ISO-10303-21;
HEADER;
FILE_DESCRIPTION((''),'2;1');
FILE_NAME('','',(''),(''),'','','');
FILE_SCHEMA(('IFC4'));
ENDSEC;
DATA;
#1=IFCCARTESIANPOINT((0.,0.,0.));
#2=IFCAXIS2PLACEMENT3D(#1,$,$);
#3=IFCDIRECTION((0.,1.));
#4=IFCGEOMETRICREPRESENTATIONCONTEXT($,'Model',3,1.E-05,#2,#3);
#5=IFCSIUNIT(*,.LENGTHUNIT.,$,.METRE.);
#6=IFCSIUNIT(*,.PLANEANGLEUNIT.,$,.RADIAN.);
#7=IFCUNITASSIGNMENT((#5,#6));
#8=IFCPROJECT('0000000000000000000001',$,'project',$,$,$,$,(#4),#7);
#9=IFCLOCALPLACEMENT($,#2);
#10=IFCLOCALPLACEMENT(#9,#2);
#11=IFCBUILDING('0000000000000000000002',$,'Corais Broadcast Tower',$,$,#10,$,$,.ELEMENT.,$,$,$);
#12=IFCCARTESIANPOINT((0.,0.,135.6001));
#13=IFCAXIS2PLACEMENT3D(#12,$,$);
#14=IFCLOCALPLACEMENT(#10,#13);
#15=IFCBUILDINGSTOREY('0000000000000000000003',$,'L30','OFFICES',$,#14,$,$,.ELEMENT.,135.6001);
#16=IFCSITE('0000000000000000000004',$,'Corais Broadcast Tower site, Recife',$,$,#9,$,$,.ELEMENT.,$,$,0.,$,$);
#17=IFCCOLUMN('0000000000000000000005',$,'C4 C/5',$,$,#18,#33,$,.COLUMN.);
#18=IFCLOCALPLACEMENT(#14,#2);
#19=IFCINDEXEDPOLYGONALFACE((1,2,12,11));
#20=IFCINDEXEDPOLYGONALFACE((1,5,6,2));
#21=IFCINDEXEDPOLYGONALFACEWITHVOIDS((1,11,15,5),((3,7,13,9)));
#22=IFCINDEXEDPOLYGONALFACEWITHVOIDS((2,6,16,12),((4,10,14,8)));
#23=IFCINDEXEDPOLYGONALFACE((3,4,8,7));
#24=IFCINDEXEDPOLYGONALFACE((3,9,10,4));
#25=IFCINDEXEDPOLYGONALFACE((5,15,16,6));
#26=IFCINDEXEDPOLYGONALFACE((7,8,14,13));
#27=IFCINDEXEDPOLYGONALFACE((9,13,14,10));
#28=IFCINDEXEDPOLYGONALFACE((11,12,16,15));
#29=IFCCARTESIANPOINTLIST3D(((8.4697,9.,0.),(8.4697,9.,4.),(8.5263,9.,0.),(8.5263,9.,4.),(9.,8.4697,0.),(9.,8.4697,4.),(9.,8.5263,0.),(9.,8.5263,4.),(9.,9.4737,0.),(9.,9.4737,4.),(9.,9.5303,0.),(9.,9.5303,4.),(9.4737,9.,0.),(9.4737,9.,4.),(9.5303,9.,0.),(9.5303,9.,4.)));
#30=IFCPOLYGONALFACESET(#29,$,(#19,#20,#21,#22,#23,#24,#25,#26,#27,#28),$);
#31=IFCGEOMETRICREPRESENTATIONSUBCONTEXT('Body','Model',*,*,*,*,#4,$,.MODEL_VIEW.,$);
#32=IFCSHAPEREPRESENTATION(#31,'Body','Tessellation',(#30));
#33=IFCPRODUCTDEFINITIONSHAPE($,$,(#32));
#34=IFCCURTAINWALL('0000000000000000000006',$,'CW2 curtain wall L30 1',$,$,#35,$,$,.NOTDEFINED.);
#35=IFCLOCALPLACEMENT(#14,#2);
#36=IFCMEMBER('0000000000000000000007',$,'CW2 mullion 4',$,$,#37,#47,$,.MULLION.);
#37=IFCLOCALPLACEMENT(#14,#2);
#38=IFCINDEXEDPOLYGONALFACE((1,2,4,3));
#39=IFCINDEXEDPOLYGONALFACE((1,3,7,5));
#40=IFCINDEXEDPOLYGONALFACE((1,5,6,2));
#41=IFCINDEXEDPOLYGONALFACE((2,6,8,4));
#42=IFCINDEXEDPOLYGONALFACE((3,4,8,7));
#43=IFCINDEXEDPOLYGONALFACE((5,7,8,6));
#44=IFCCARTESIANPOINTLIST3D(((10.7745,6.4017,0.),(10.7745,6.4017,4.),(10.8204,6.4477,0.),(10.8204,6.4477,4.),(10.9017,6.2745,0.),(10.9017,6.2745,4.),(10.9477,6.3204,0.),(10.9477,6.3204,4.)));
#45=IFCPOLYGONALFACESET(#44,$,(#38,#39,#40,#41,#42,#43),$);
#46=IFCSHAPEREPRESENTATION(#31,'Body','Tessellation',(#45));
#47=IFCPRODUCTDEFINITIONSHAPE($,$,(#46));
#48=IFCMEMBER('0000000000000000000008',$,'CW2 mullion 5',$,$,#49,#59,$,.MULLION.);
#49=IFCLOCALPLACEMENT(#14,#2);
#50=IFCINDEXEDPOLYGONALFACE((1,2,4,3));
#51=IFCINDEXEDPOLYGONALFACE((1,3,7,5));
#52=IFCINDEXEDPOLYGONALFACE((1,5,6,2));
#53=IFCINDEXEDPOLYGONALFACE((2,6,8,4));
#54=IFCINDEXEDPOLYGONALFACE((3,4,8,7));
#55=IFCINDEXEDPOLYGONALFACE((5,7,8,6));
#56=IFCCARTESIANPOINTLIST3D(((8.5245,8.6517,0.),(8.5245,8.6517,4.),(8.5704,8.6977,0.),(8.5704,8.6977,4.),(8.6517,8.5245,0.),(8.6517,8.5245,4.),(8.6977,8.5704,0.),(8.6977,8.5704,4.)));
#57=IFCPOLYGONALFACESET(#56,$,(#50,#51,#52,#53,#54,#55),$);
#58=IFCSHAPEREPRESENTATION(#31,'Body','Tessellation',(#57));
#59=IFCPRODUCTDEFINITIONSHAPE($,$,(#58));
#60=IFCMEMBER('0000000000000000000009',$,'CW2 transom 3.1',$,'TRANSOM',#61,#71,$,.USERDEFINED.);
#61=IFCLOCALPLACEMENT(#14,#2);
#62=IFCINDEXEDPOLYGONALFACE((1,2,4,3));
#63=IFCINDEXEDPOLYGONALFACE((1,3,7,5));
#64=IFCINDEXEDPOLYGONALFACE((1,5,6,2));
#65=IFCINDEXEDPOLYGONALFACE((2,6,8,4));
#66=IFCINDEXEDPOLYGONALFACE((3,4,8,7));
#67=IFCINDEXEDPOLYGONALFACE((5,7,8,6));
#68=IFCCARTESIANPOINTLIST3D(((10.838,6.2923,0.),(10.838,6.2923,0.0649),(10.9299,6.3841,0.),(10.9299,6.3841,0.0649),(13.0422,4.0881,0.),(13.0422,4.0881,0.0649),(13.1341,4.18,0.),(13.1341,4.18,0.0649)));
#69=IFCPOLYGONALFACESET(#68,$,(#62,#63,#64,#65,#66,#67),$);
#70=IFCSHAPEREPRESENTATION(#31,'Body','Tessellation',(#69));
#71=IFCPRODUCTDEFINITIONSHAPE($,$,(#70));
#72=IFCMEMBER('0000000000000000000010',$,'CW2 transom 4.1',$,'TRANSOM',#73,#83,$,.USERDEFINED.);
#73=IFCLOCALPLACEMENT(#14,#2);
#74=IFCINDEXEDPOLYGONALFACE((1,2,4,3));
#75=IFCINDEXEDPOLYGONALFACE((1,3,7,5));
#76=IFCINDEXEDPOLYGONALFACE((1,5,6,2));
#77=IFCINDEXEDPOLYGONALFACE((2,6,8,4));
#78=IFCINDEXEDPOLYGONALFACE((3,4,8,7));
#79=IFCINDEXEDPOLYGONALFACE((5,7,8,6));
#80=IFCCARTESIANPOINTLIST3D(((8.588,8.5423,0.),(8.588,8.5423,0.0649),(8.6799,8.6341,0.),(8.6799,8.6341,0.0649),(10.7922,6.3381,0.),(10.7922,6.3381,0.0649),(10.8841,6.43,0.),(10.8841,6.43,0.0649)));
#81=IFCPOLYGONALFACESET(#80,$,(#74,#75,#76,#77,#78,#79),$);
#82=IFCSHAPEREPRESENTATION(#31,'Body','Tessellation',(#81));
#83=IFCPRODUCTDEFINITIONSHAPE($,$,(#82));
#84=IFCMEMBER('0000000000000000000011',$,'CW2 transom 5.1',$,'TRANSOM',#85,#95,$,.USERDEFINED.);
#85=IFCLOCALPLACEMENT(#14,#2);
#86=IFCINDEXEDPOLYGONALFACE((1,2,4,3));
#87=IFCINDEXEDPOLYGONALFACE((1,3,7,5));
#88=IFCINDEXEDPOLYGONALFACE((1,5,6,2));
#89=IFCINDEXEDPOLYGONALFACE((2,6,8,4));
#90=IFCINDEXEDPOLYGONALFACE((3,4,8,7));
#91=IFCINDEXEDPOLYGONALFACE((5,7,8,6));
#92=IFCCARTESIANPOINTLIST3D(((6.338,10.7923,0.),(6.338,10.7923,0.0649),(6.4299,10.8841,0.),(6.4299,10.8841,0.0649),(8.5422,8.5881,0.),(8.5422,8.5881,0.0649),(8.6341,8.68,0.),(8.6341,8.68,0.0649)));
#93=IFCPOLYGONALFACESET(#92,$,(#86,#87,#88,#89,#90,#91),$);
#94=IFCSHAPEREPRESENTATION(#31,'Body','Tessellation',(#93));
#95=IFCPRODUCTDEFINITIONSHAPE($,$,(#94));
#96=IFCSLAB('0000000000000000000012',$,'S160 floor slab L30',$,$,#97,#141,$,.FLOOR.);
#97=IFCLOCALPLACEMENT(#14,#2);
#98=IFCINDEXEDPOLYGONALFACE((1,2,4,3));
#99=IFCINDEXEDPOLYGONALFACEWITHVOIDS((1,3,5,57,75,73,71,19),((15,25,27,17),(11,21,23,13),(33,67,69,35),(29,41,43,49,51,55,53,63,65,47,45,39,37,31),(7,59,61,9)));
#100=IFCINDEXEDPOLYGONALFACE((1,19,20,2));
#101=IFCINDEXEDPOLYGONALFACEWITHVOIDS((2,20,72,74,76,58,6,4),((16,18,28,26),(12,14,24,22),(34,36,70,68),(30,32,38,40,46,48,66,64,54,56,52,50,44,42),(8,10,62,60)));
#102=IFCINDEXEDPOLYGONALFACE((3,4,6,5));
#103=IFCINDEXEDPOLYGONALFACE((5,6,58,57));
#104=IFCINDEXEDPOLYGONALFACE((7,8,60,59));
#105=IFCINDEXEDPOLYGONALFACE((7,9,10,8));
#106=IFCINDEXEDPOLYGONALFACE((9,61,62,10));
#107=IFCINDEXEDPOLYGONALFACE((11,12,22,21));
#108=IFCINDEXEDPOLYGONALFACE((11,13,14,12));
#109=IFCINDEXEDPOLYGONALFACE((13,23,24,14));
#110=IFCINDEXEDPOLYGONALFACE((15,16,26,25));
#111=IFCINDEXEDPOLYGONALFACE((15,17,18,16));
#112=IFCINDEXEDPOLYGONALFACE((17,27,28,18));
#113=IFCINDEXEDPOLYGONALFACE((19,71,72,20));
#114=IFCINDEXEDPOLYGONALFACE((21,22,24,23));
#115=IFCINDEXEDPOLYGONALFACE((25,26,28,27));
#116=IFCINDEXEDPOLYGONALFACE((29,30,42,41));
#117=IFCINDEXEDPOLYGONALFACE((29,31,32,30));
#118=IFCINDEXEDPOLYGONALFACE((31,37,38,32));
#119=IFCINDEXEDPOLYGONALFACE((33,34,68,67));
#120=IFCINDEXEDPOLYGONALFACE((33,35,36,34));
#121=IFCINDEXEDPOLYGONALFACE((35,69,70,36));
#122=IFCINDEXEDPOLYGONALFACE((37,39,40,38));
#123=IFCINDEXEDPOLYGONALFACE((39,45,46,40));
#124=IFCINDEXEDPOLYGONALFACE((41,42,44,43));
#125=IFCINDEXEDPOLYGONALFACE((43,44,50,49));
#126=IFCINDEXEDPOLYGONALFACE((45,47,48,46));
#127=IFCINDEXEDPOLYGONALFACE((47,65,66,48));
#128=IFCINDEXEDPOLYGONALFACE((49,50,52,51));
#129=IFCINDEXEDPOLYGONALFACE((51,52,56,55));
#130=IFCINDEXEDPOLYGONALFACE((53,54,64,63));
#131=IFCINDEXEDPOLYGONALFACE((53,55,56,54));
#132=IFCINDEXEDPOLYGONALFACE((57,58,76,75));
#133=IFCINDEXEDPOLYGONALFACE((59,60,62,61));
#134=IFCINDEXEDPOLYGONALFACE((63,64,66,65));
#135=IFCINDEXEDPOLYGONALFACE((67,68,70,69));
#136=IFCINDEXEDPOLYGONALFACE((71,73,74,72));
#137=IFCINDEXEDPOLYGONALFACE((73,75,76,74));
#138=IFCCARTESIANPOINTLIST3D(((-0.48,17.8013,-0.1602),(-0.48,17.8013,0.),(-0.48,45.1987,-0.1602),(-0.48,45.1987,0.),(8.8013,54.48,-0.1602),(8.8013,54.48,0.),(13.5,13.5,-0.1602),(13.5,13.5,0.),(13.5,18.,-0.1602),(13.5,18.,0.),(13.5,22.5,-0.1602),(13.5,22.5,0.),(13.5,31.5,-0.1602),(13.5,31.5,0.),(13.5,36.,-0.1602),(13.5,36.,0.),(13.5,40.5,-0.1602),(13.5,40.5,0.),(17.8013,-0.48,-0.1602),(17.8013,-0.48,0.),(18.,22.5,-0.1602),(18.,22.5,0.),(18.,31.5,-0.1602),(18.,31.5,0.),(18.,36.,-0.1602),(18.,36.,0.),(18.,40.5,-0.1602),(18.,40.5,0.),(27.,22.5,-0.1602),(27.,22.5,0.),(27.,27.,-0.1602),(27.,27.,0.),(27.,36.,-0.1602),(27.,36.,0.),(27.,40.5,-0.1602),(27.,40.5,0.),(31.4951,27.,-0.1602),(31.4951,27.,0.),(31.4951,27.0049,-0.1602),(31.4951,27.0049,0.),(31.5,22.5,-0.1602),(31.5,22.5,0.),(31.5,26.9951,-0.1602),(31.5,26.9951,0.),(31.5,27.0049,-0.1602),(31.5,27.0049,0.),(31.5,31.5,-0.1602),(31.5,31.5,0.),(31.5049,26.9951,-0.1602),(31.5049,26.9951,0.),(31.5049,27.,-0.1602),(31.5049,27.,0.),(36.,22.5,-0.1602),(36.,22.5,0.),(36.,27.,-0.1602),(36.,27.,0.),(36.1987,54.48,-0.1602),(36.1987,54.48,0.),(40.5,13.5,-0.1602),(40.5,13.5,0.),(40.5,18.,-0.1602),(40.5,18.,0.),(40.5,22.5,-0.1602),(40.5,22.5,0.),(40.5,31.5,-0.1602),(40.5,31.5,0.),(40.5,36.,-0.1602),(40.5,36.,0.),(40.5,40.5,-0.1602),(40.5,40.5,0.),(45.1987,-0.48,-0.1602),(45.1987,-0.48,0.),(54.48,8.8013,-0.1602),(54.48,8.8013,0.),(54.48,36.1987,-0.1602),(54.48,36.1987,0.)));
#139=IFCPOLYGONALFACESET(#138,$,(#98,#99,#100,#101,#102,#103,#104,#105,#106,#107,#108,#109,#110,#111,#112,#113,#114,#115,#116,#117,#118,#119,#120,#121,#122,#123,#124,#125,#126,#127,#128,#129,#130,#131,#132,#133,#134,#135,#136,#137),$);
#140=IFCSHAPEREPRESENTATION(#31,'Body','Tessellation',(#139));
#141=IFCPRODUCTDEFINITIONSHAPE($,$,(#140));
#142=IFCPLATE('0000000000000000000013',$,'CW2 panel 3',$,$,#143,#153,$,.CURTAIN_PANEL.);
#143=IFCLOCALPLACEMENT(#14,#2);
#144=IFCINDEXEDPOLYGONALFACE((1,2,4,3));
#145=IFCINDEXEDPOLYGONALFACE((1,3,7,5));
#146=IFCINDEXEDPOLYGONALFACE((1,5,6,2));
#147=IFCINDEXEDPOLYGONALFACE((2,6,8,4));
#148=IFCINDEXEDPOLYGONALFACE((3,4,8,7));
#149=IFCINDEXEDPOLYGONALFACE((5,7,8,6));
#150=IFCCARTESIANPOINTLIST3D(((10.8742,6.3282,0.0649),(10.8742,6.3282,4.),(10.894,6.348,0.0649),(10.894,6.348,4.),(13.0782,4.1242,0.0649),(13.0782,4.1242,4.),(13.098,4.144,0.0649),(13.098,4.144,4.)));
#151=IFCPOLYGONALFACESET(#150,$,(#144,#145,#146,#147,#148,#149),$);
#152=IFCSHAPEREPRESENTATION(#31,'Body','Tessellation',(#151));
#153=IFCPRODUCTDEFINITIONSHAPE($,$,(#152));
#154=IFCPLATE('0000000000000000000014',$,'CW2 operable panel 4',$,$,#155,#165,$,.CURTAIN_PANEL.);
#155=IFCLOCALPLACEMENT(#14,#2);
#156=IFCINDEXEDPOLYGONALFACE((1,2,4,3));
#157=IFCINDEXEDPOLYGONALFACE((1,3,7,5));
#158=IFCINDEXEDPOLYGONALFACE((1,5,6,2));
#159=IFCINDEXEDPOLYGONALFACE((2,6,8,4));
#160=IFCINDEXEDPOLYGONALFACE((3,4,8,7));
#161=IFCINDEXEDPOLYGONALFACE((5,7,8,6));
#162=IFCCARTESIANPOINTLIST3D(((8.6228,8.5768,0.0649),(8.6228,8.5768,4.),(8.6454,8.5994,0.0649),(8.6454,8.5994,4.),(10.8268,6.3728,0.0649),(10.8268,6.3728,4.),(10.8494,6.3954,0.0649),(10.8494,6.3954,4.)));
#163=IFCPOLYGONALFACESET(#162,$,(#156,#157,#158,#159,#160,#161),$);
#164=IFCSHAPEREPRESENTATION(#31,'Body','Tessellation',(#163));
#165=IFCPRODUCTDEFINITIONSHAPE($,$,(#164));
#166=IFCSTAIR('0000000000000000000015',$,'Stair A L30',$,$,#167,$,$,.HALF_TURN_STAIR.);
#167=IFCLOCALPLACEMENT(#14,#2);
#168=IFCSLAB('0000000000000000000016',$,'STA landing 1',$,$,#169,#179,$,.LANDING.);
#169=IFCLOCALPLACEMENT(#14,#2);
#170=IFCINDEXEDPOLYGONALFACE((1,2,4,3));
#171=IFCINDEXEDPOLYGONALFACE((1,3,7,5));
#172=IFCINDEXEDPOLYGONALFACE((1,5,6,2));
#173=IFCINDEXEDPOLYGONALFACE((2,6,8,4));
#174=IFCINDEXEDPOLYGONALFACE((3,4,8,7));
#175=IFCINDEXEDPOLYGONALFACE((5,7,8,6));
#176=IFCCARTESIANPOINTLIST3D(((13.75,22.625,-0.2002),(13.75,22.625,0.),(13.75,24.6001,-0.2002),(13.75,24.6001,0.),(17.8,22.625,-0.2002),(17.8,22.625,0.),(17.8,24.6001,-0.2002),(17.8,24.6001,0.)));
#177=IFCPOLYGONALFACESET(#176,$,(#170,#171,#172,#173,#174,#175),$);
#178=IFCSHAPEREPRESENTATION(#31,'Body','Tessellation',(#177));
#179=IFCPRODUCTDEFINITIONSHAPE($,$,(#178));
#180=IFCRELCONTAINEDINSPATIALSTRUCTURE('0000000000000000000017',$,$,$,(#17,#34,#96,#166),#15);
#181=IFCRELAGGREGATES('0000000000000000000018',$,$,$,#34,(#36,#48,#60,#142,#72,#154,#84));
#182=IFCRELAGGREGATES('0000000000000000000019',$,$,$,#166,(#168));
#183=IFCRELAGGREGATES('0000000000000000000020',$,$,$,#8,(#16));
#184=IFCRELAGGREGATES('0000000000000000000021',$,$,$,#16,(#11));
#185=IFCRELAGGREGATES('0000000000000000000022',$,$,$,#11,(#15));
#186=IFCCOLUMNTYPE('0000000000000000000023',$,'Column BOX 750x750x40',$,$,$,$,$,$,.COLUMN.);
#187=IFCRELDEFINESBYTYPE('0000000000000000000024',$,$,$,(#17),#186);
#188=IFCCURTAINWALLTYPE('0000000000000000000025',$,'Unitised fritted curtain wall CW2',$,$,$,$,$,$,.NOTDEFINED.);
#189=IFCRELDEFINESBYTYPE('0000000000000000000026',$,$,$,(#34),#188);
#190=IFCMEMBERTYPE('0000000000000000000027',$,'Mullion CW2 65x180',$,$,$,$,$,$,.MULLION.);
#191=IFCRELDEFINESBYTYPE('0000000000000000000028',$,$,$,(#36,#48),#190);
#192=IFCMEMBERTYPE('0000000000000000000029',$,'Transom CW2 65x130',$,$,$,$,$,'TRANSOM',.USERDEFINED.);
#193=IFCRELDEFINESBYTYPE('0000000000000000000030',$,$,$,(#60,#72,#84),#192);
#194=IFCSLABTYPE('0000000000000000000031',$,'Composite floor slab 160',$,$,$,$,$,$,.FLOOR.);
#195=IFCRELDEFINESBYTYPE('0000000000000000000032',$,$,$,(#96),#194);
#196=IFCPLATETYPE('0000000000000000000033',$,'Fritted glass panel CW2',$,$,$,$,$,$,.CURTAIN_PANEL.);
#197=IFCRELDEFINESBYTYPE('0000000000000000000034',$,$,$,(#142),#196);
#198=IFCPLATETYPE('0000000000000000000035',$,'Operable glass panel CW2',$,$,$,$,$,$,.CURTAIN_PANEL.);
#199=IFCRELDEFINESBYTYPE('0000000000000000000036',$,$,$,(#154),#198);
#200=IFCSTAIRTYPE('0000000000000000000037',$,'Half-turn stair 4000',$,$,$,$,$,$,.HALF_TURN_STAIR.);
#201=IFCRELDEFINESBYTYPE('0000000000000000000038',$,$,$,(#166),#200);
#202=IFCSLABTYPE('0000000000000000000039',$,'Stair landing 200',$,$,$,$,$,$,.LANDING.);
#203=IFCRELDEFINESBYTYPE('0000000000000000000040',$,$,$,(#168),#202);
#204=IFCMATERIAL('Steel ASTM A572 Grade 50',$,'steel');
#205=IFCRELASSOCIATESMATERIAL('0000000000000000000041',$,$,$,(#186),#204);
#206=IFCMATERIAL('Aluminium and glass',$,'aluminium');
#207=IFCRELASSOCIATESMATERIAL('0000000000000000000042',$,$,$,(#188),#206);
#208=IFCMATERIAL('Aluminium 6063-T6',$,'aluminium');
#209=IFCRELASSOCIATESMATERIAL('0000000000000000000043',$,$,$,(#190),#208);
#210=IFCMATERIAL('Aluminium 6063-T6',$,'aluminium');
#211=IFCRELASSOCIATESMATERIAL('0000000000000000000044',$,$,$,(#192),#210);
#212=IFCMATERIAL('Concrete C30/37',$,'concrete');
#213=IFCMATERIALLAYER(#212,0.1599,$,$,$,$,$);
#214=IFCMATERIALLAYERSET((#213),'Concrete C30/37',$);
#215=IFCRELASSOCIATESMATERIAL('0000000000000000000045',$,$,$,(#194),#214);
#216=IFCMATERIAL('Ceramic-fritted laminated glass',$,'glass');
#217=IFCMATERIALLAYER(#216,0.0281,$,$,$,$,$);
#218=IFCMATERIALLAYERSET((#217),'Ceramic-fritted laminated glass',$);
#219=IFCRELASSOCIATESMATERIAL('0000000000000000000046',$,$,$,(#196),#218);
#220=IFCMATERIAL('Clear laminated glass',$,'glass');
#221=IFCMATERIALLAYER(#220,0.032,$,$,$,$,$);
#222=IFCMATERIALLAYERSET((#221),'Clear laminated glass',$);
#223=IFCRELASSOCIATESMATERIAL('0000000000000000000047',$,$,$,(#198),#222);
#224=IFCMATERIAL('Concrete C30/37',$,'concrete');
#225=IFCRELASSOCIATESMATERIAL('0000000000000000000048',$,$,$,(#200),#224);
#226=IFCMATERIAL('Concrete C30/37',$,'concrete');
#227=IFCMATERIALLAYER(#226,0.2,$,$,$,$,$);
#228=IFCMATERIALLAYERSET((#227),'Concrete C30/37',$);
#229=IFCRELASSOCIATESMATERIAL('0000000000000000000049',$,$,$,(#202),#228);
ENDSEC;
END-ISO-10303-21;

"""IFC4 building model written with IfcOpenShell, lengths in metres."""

from ifc_helpers import new_model, si_unit, direction, frame, origin, origin_2d, place, context, subcontext, project, spatial, polyline, rectangle, hollow_rectangle, outline, extrude, material, layer, layer_set, material_profile, profile_set, type_object, element, aggregate, save


model = new_model("IFC4")

# Units and contexts
model_context = context("Model", 3, precision=1e-05, world=origin(), true_north=direction((0.0, 1.0)))
body_context = subcontext(model_context, "Body", "Model", "MODEL_VIEW")
ifc_project = project(units=[si_unit("LENGTHUNIT", "METRE"), si_unit("PLANEANGLEUNIT", "RADIAN")], contexts=[model_context])

# Site, building, storey
site_placement = place(None, origin())
site = spatial("IfcSite", under=ifc_project, at=site_placement, Name="Corais Broadcast Tower site, Recife", CompositionType="ELEMENT", RefElevation=0.0)
building_placement = place(site_placement, origin())
building = spatial("IfcBuilding", under=site, at=building_placement, Name="Corais Broadcast Tower", CompositionType="ELEMENT")
storey_placement = place(building_placement, frame((0.0, 0.0, 135.6001)))
storey = spatial("IfcBuildingStorey", under=building, at=storey_placement, Name="L30", Description="OFFICES", CompositionType="ELEMENT", Elevation=135.6001)

# Column
ifc_material_1 = material(Name="Steel ASTM A572 Grade 50", Category="steel")
ifc_material_profile_1 = material_profile(ifc_material_1, hollow_rectangle(XDim=0.75, YDim=0.75, WallThickness=0.04, at=origin_2d()), Name="BOX 750x750x40")
ifc_profile_set_1 = profile_set([ifc_material_profile_1], Name="Steel ASTM A572 Grade 50")
column_type = type_object("IfcColumnType", Name="Column BOX 750x750x40", PredefinedType="COLUMN", material=ifc_profile_set_1)
column_placement = place(storey_placement, frame((9.0, 9.0, 0.0), z_axis=(0.0, 0.0, 1.0), x_axis=(0.707107, 0.707107, 0.0)))
element("IfcColumn", 1, at=column_placement, inside=storey, type_object=column_type, Name="C4 C/5", PredefinedType="COLUMN", context=body_context, shape_type="SweptSolid", body=[
    extrude(hollow_rectangle(XDim=0.75, YDim=0.75, WallThickness=0.04, at=origin_2d()), origin(), (0.0, 0.0, 1.0), 4.0),
])

# Curtain wall, members
ifc_material_2 = material(Name="Aluminium and glass", Category="aluminium")
curtain_wall_type = type_object("IfcCurtainWallType", Name="Unitised fritted curtain wall CW2", PredefinedType="NOTDEFINED", material=ifc_material_2)
curtain_wall_placement = place(storey_placement, origin())
curtain_wall = element("IfcCurtainWall", 2, at=curtain_wall_placement, inside=storey, type_object=curtain_wall_type, Name="CW2 curtain wall L30 1", PredefinedType="NOTDEFINED")
ifc_material_3 = material(Name="Aluminium 6063-T6", Category="aluminium")
ifc_material_profile_2 = material_profile(ifc_material_3, rectangle(XDim=0.0649, YDim=0.1799, at=origin_2d()), Name="Mullion CW2 65x180")
ifc_profile_set_2 = profile_set([ifc_material_profile_2], Name="Aluminium 6063-T6")
member_type_1 = type_object("IfcMemberType", Name="Mullion CW2 65x180", PredefinedType="MULLION", material=ifc_profile_set_2)
member_1_placement = place(storey_placement, frame((10.8611, 6.3611, 0.0), z_axis=(0.0, 0.0, 1.0), x_axis=(-0.707107, -0.707107, 0.0)))
member_1 = element("IfcMember", 3, at=member_1_placement, type_object=member_type_1, Name="CW2 mullion 4", PredefinedType="MULLION", context=body_context, shape_type="SweptSolid", body=[
    extrude(rectangle(XDim=0.0649, YDim=0.1799, at=origin_2d()), origin(), (0.0, 0.0, 1.0), 4.0),
])
member_2_placement = place(storey_placement, frame((8.6111, 8.6111, 0.0), z_axis=(0.0, 0.0, 1.0), x_axis=(-0.707107, -0.707107, 0.0)))
member_2 = element("IfcMember", 4, at=member_2_placement, type_object=member_type_1, Name="CW2 mullion 5", PredefinedType="MULLION", context=body_context, shape_type="SweptSolid", body=[
    extrude(rectangle(XDim=0.0649, YDim=0.1799, at=origin_2d()), origin(), (0.0, 0.0, 1.0), 4.0),
])
ifc_material_4 = material(Name="Aluminium 6063-T6", Category="aluminium")
ifc_material_profile_3 = material_profile(ifc_material_4, rectangle(XDim=0.1299, YDim=0.0649, at=origin_2d()), Name="Transom CW2 65x130")
ifc_profile_set_3 = profile_set([ifc_material_profile_3], Name="Aluminium 6063-T6")
member_type_2 = type_object("IfcMemberType", Name="Transom CW2 65x130", ElementType="TRANSOM", PredefinedType="USERDEFINED", material=ifc_profile_set_3)
member_3_placement = place(storey_placement, frame((13.0881, 4.134, 0.0325), z_axis=(-0.707107, 0.707107, 0.0), x_axis=(-0.707107, -0.707107, 0.0)))
member_3 = element("IfcMember", 5, at=member_3_placement, type_object=member_type_2, Name="CW2 transom 3.1", ObjectType="TRANSOM", PredefinedType="USERDEFINED", context=body_context, shape_type="SweptSolid", body=[
    extrude(rectangle(XDim=0.1299, YDim=0.0649, at=origin_2d()), origin(), (0.0, 0.0, 1.0), 3.1172),
])
member_4_placement = place(storey_placement, frame((10.8381, 6.384, 0.0325), z_axis=(-0.707107, 0.707107, 0.0), x_axis=(-0.707107, -0.707107, 0.0)))
member_4 = element("IfcMember", 6, at=member_4_placement, type_object=member_type_2, Name="CW2 transom 4.1", ObjectType="TRANSOM", PredefinedType="USERDEFINED", context=body_context, shape_type="SweptSolid", body=[
    extrude(rectangle(XDim=0.1299, YDim=0.0649, at=origin_2d()), origin(), (0.0, 0.0, 1.0), 3.1172),
])
member_5_placement = place(storey_placement, frame((8.5881, 8.634, 0.0325), z_axis=(-0.707107, 0.707107, 0.0), x_axis=(-0.707107, -0.707107, 0.0)))
member_5 = element("IfcMember", 7, at=member_5_placement, type_object=member_type_2, Name="CW2 transom 5.1", ObjectType="TRANSOM", PredefinedType="USERDEFINED", context=body_context, shape_type="SweptSolid", body=[
    extrude(rectangle(XDim=0.1299, YDim=0.0649, at=origin_2d()), origin(), (0.0, 0.0, 1.0), 3.1172),
])

# Slab
ifc_material_5 = material(Name="Concrete C30/37", Category="concrete")
ifc_layer_1 = layer(ifc_material_5, 0.1599)
ifc_layer_set_1 = layer_set([ifc_layer_1], Name="Concrete C30/37")
slab_type_1 = type_object("IfcSlabType", Name="Composite floor slab 160", PredefinedType="FLOOR", material=ifc_layer_set_1)
slab_1_placement = place(storey_placement, frame((0.0, 0.0, -0.1602)))
element("IfcSlab", 8, at=slab_1_placement, inside=storey, type_object=slab_type_1, Name="S160 floor slab L30", PredefinedType="FLOOR", context=body_context, shape_type="SweptSolid", body=[
    extrude(outline(polyline([(17.8013, -0.48), (-0.48, 17.8013), (-0.48, 45.1987), (8.8013, 54.48), (36.1987, 54.48), (54.48, 36.1987), (54.48, 8.8013), (45.1987, -0.48), (17.8013, -0.48)]), holes=[polyline([(13.5, 18.0), (40.5, 18.0), (40.5, 13.5), (13.5, 13.5), (13.5, 18.0)]), polyline([(18.0, 22.5), (13.5, 22.5), (13.5, 31.5), (18.0, 31.5), (18.0, 22.5)]), polyline([(18.0, 36.0), (13.5, 36.0), (13.5, 40.5), (18.0, 40.5), (18.0, 36.0)]), polyline([(31.5, 22.5), (27.0, 22.5), (27.0, 27.0), (31.4951, 27.0), (31.4951, 27.0049), (31.5, 27.0049), (31.5, 31.5), (40.5, 31.5), (40.5, 22.5), (36.0, 22.5), (36.0, 27.0), (31.5049, 27.0), (31.5049, 26.9951), (31.5, 26.9951), (31.5, 22.5)]), polyline([(27.0, 40.5), (40.5, 40.5), (40.5, 36.0), (27.0, 36.0), (27.0, 40.5)])]), origin(), (0.0, 0.0, 1.0), 0.1602),
])

# Plates
ifc_material_6 = material(Name="Ceramic-fritted laminated glass", Category="glass")
ifc_layer_2 = layer(ifc_material_6, 0.0281)
ifc_layer_set_2 = layer_set([ifc_layer_2], Name="Ceramic-fritted laminated glass")
plate_type_1 = type_object("IfcPlateType", Name="Fritted glass panel CW2", PredefinedType="CURTAIN_PANEL", material=ifc_layer_set_2)
plate_1_placement = place(storey_placement, frame((11.9861, 5.2361, 0.0649), z_axis=(0.0, 0.0, 1.0), x_axis=(-0.707107, 0.707107, 0.0)))
plate_1 = element("IfcPlate", 9, at=plate_1_placement, type_object=plate_type_1, Name="CW2 panel 3", PredefinedType="CURTAIN_PANEL", context=body_context, shape_type="SweptSolid", body=[
    extrude(rectangle(XDim=3.1169, YDim=0.0281, at=origin_2d()), origin(), (0.0, 0.0, 1.0), 3.9351),
])
ifc_material_7 = material(Name="Clear laminated glass", Category="glass")
ifc_layer_3 = layer(ifc_material_7, 0.032)
ifc_layer_set_3 = layer_set([ifc_layer_3], Name="Clear laminated glass")
plate_type_2 = type_object("IfcPlateType", Name="Operable glass panel CW2", PredefinedType="CURTAIN_PANEL", material=ifc_layer_set_3)
plate_2_placement = place(storey_placement, frame((9.7361, 7.4861, 0.0649), z_axis=(0.0, 0.0, 1.0), x_axis=(-0.707107, 0.707107, 0.0)))
plate_2 = element("IfcPlate", 10, at=plate_2_placement, type_object=plate_type_2, Name="CW2 operable panel 4", PredefinedType="CURTAIN_PANEL", context=body_context, shape_type="SweptSolid", body=[
    extrude(rectangle(XDim=3.1169, YDim=0.032, at=origin_2d()), origin(), (0.0, 0.0, 1.0), 3.9351),
])
aggregate(curtain_wall, [member_1, member_2, member_3, plate_1, member_4, plate_2, member_5])

# Stair, slab
ifc_material_8 = material(Name="Concrete C30/37", Category="concrete")
stair_type = type_object("IfcStairType", Name="Half-turn stair 4000", PredefinedType="HALF_TURN_STAIR", material=ifc_material_8)
stair_1_placement = place(storey_placement, origin())
stair_1 = element("IfcStair", 11, at=stair_1_placement, inside=storey, type_object=stair_type, Name="Stair A L30", PredefinedType="HALF_TURN_STAIR")
ifc_material_9 = material(Name="Concrete C30/37", Category="concrete")
ifc_layer_4 = layer(ifc_material_9, 0.2)
ifc_layer_set_4 = layer_set([ifc_layer_4], Name="Concrete C30/37")
slab_type_2 = type_object("IfcSlabType", Name="Stair landing 200", PredefinedType="LANDING", material=ifc_layer_set_4)
slab_2_placement = place(storey_placement, frame((0.0, 0.0, -0.2002)))
slab_2 = element("IfcSlab", 12, at=slab_2_placement, type_object=slab_type_2, Name="STA landing 1", PredefinedType="LANDING", context=body_context, shape_type="SweptSolid", body=[
    extrude(outline(polyline([(13.75, 22.625), (17.8, 22.625), (17.8, 24.6001), (13.75, 24.6001), (13.75, 22.625)])), origin(), (0.0, 0.0, 1.0), 0.2002),
])
aggregate(stair_1, [slab_2])

save(model, "model.ifc")
